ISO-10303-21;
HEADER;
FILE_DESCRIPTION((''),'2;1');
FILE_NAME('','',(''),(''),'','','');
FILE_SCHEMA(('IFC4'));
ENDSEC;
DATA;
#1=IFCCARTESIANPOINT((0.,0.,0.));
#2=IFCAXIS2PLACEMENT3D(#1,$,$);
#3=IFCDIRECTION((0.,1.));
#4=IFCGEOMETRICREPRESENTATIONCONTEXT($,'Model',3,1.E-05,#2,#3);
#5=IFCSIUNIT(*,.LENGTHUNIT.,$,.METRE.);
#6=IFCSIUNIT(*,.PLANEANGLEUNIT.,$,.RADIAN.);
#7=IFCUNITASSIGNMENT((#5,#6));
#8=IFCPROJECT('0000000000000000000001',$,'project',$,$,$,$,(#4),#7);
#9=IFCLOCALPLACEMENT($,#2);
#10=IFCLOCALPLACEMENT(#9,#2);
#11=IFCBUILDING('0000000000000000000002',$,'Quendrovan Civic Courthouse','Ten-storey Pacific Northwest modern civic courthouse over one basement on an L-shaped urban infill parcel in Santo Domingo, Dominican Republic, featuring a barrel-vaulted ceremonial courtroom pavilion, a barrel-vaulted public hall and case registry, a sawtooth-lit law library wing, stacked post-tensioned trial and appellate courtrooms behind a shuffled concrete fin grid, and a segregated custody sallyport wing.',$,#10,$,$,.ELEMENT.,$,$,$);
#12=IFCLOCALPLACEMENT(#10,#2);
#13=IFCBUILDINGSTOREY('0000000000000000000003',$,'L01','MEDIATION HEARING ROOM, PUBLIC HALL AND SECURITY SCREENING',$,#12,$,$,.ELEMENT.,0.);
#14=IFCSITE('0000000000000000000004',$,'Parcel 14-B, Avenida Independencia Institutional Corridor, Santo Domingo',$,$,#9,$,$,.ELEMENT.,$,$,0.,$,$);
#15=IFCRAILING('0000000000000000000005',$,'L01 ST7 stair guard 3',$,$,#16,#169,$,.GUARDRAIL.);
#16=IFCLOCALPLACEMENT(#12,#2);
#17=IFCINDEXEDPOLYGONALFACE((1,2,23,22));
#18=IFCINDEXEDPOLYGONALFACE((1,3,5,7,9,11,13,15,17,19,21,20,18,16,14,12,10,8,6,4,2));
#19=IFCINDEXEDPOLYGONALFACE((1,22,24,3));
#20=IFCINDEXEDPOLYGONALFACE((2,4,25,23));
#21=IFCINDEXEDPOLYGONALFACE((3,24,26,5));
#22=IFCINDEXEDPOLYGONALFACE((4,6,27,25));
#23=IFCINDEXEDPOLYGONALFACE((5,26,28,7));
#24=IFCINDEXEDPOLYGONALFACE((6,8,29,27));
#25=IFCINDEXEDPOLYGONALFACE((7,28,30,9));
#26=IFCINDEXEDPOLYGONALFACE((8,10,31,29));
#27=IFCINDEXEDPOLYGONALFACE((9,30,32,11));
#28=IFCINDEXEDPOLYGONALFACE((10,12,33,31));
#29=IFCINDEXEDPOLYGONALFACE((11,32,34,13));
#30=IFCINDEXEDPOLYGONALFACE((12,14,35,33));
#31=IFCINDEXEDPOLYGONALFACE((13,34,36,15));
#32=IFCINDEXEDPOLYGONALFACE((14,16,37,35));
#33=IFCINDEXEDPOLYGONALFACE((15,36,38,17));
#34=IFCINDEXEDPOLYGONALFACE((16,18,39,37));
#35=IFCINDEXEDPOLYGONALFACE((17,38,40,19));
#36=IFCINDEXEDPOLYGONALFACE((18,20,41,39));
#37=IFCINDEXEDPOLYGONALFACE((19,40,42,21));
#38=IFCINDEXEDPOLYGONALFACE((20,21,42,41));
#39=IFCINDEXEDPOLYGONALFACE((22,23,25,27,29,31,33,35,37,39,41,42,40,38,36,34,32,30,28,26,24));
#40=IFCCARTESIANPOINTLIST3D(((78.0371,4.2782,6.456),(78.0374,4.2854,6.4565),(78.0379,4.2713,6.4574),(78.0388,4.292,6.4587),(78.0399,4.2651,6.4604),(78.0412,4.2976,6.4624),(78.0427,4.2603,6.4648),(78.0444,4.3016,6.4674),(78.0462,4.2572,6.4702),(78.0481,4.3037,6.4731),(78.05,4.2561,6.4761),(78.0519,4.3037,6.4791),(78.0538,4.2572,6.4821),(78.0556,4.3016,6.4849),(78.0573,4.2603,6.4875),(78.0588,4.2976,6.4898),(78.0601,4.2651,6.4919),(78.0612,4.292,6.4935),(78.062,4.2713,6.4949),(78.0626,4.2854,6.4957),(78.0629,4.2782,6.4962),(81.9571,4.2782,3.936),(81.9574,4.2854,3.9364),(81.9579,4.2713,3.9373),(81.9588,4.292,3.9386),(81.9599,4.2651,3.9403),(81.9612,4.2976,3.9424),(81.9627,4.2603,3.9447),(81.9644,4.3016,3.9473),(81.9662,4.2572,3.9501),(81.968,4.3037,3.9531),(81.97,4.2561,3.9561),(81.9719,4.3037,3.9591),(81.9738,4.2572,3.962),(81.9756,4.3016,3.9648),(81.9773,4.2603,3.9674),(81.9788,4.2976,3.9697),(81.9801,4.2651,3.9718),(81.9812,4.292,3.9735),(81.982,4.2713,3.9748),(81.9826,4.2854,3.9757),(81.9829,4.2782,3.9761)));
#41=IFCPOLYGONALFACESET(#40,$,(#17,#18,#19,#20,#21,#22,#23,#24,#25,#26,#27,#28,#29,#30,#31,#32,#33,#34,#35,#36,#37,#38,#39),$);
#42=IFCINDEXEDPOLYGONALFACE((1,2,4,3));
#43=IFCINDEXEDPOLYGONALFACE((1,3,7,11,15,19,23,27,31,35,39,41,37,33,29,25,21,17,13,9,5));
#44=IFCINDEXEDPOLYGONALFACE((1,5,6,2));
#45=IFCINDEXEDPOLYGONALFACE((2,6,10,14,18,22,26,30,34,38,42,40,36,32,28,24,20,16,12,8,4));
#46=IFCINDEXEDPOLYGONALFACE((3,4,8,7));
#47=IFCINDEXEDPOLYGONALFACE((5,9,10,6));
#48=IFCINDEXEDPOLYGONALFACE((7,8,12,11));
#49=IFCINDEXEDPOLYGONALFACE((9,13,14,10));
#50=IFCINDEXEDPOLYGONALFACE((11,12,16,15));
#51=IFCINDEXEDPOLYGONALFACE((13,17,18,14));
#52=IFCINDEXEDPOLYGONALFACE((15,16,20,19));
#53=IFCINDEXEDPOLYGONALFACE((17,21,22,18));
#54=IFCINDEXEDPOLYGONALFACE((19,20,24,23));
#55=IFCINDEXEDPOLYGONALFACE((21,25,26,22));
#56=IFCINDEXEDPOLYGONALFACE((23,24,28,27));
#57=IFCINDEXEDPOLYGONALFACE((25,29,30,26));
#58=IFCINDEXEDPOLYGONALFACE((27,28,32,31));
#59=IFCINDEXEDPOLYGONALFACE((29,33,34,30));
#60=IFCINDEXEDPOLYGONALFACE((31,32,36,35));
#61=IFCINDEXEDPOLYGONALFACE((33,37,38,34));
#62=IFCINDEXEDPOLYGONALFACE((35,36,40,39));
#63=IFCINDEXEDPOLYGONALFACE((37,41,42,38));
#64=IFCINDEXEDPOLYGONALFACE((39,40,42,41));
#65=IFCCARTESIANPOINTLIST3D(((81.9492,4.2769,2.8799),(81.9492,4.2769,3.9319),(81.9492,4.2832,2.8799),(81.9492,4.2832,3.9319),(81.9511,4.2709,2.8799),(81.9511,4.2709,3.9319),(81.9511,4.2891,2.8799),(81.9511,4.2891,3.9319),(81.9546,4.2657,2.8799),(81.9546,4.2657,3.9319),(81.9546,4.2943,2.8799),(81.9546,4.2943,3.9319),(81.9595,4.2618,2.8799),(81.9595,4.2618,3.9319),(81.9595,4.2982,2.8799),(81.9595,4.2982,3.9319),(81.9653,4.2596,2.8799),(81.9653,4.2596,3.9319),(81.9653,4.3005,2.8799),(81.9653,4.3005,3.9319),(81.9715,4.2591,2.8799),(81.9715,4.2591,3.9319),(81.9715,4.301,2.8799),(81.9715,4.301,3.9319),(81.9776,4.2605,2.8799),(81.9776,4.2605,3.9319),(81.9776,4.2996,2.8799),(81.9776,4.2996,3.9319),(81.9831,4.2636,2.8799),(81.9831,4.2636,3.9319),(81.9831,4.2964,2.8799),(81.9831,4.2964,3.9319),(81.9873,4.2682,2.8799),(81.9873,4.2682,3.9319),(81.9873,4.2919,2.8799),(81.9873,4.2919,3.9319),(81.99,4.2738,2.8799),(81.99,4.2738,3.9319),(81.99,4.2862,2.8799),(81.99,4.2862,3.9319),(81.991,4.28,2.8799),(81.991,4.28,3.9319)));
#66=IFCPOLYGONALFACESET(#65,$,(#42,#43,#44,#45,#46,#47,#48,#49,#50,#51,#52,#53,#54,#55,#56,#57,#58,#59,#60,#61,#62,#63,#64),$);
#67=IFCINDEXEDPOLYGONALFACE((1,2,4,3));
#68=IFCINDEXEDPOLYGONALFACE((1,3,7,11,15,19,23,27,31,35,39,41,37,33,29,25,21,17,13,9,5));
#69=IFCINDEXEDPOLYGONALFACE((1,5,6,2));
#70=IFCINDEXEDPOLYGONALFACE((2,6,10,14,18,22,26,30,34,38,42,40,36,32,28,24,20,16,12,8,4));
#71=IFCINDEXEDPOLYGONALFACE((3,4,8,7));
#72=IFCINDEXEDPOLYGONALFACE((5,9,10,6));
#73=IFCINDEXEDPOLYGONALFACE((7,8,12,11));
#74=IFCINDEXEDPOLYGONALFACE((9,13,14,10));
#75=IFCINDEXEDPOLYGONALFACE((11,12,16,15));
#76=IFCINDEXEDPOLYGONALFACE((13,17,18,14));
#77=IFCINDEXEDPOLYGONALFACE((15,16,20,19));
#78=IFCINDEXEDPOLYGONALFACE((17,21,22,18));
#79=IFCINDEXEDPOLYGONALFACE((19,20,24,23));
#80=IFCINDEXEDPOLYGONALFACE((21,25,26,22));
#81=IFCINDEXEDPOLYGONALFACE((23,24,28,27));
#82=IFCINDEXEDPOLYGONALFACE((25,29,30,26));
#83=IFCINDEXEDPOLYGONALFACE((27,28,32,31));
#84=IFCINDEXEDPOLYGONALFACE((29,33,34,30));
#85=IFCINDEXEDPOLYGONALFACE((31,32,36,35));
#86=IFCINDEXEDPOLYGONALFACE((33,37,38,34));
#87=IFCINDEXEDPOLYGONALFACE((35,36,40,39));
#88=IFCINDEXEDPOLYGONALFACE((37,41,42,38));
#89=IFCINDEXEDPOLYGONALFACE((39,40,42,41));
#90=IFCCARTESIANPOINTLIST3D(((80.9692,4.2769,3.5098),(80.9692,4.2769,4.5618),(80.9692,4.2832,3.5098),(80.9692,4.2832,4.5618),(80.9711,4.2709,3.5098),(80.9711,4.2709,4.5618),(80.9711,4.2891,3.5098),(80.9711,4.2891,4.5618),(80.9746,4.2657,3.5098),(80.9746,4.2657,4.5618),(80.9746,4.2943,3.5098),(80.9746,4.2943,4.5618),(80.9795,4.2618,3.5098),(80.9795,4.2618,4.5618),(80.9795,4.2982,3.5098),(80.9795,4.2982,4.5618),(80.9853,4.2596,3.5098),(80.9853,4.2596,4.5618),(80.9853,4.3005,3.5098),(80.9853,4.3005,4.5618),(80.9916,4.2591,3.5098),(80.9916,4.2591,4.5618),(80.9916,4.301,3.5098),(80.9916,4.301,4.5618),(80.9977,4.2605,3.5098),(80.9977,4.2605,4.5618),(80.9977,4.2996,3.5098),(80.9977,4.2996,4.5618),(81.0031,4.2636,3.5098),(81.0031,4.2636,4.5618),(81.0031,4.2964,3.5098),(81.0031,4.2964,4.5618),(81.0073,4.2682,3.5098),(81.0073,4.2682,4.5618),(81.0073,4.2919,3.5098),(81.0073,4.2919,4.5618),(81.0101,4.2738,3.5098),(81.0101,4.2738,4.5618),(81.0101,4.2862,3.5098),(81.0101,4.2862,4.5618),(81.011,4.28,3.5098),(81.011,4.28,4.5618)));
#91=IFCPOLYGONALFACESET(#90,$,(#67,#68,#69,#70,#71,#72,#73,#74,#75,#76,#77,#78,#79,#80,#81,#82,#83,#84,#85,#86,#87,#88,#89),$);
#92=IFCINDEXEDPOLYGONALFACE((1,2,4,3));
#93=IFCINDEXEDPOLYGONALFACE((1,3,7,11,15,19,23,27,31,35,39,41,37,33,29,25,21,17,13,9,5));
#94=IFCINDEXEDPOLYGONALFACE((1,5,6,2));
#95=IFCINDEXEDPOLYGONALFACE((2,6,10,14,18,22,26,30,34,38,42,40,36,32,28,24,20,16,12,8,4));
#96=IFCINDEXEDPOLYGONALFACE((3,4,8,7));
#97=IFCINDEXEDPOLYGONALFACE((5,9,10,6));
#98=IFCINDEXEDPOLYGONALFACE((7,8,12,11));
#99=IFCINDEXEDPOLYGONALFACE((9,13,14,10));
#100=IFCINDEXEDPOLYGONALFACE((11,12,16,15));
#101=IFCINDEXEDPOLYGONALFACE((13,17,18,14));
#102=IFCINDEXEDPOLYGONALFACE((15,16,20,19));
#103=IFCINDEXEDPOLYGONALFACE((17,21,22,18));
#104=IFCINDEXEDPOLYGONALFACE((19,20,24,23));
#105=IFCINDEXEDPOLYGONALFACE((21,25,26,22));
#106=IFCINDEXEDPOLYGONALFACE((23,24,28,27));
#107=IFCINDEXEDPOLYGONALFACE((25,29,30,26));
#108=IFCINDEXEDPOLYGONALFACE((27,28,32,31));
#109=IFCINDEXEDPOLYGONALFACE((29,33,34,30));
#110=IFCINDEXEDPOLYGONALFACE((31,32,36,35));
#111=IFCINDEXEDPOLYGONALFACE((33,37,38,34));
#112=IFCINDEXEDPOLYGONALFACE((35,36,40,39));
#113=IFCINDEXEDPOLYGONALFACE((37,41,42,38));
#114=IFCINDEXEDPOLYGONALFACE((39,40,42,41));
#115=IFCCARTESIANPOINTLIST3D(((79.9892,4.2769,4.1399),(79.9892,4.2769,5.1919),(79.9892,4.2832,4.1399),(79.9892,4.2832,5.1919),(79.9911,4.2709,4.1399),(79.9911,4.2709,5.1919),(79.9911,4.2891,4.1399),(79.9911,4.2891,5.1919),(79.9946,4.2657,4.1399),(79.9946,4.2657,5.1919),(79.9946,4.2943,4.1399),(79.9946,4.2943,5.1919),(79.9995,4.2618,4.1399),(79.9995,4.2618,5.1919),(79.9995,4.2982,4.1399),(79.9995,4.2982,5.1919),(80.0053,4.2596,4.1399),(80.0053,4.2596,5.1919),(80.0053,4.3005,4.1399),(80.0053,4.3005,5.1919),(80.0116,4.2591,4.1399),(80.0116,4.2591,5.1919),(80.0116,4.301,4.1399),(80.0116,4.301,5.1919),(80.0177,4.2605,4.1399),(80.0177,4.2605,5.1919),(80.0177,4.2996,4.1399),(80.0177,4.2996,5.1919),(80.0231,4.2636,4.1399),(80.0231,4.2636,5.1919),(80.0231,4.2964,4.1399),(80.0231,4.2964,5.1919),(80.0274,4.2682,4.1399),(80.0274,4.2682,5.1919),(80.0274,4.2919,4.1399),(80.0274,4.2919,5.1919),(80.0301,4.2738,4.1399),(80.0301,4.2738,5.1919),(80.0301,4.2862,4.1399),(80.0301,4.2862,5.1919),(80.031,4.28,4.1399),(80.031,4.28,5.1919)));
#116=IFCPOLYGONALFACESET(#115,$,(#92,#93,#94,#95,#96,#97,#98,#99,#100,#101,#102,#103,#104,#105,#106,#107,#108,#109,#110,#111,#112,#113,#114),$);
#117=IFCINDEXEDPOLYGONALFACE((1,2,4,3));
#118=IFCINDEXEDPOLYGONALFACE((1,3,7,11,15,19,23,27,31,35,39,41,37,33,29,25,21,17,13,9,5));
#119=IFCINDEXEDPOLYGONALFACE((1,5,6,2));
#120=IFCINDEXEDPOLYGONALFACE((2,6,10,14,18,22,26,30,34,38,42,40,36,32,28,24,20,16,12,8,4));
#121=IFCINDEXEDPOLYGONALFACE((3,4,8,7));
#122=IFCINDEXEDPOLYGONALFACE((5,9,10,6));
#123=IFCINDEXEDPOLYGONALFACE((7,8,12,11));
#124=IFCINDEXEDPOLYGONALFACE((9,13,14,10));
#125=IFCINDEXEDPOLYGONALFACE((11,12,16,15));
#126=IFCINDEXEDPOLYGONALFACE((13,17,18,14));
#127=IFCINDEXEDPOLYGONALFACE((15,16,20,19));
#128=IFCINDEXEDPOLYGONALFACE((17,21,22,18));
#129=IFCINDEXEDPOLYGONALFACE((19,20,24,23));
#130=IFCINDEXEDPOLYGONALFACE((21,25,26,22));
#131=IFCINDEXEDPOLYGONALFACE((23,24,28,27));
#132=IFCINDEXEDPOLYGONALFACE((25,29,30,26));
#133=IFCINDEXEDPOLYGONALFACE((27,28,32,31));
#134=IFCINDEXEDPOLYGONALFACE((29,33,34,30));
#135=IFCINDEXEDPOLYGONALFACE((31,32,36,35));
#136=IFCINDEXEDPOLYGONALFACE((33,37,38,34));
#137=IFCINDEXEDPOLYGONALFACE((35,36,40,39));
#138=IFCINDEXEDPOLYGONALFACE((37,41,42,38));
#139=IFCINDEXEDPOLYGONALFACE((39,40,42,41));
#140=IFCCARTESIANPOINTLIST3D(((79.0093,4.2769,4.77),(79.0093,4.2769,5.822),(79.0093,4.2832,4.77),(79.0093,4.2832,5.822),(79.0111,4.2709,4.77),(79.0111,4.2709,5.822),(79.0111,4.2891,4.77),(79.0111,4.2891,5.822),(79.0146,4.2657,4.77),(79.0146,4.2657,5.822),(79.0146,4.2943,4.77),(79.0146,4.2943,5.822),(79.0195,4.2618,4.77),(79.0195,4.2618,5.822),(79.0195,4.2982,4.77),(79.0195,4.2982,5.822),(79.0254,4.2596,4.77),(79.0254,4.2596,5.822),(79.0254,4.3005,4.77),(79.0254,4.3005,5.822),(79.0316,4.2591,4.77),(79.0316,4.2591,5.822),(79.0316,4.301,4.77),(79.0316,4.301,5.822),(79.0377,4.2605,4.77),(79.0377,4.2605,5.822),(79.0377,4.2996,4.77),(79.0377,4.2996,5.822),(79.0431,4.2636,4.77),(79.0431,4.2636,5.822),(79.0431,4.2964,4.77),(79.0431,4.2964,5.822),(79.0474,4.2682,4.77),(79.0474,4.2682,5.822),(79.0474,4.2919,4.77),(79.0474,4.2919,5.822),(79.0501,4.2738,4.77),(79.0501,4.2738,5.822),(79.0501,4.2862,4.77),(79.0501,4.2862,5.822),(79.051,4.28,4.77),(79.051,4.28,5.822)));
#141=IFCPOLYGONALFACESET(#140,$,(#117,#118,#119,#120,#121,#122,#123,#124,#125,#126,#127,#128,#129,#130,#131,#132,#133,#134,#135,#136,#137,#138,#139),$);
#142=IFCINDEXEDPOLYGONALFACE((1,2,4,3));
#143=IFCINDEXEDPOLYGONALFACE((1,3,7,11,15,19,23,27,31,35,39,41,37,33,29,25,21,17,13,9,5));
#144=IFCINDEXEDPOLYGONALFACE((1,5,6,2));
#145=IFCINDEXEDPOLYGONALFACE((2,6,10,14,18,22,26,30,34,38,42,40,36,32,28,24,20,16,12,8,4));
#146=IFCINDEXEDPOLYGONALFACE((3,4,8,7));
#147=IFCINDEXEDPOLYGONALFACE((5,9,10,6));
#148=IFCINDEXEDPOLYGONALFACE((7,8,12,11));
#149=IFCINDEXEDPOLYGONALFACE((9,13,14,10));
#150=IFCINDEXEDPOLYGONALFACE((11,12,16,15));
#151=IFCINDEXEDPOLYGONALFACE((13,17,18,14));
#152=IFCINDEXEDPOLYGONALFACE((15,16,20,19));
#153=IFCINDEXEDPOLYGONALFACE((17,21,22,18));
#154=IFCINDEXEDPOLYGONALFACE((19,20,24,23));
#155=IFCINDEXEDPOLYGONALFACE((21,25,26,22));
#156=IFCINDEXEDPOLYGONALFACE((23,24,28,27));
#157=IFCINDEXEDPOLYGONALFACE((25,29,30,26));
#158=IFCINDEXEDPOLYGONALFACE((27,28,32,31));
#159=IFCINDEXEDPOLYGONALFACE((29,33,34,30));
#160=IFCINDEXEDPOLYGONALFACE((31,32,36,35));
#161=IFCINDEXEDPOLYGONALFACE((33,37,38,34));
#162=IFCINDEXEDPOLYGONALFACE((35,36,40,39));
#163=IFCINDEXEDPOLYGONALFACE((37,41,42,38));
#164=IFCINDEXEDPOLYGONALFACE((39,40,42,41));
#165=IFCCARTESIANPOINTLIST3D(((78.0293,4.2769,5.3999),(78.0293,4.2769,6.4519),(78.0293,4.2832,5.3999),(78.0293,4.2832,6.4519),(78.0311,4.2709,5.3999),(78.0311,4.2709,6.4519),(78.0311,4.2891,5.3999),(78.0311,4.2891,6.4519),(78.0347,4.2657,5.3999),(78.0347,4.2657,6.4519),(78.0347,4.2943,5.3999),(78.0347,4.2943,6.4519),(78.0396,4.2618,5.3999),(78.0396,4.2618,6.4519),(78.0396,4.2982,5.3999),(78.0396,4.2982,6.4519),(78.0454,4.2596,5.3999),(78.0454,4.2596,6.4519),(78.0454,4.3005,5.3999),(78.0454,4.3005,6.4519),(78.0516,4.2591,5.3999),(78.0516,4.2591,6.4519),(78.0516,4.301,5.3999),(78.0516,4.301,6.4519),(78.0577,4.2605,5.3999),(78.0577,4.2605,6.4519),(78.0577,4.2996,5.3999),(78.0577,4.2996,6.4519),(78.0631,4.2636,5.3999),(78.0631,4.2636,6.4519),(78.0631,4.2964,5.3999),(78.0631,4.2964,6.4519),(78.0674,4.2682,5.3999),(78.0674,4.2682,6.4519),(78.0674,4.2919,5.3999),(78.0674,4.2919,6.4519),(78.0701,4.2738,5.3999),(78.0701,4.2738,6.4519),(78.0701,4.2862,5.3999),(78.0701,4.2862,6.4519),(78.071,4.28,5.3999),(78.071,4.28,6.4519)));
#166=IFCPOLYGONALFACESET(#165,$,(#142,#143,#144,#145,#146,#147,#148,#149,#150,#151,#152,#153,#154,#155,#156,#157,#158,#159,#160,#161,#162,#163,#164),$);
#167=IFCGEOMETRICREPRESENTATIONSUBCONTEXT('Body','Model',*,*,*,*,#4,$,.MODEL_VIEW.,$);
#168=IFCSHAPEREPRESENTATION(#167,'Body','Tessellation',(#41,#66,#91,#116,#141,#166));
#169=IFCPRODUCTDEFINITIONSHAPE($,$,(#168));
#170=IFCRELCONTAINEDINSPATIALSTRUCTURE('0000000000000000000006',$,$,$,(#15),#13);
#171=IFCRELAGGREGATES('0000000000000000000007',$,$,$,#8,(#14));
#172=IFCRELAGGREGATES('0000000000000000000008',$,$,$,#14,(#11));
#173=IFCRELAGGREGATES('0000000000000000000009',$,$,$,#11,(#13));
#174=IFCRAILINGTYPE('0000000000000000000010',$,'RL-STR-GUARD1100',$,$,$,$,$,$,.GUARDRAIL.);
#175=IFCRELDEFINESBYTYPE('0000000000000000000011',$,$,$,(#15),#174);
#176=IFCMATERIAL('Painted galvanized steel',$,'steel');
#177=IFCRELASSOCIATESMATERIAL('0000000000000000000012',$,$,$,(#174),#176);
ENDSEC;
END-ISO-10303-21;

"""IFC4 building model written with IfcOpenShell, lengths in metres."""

from ifc_helpers import new_model, si_unit, direction, frame, origin, origin_2d, place, context, subcontext, project, spatial, circle, extrude, material, type_object, element, save


model = new_model("IFC4")

# Units and contexts
model_context = context("Model", 3, precision=1e-05, world=origin(), true_north=direction((0.0, 1.0)))
body_context = subcontext(model_context, "Body", "Model", "MODEL_VIEW")
ifc_project = project(units=[si_unit("LENGTHUNIT", "METRE"), si_unit("PLANEANGLEUNIT", "RADIAN")], contexts=[model_context])

# Site, building, storey
site_placement = place(None, origin())
site = spatial("IfcSite", under=ifc_project, at=site_placement, Name="Parcel 14-B, Avenida Independencia Institutional Corridor, Santo Domingo", CompositionType="ELEMENT", RefElevation=0.0)
building_placement = place(site_placement, origin())
building = spatial("IfcBuilding", under=site, at=building_placement, Name="Quendrovan Civic Courthouse", Description="Ten-storey Pacific Northwest modern civic courthouse over one basement on an L-shaped urban infill parcel in Santo Domingo, Dominican Republic, featuring a barrel-vaulted ceremonial courtroom pavilion, a barrel-vaulted public hall and case registry, a sawtooth-lit law library wing, stacked post-tensioned trial and appellate courtrooms behind a shuffled concrete fin grid, and a segregated custody sallyport wing.", CompositionType="ELEMENT")
storey_placement = place(building_placement, origin())
storey = spatial("IfcBuildingStorey", under=building, at=storey_placement, Name="L01", Description="MEDIATION HEARING ROOM, PUBLIC HALL AND SECURITY SCREENING", CompositionType="ELEMENT", Elevation=0.0)

# Railing
ifc_material_1 = material(Name="Painted galvanized steel", Category="steel")
railing_type_1 = type_object("IfcRailingType", Name="RL-STR-GUARD1100", PredefinedType="GUARDRAIL", material=ifc_material_1)
railing_1_placement = place(storey_placement, frame((81.97, 4.28, 2.8799)))
element("IfcRailing", 1, at=railing_1_placement, inside=storey, type_object=railing_type_1, Name="L01 ST7 stair guard 3", PredefinedType="GUARDRAIL", context=body_context, shape_type="SweptSolid", body=[
    extrude(circle(Radius=0.0239, at=origin_2d()), frame((0.0, 0.0, 1.0762), z_axis=(-0.841172, 0.0, 0.540768), x_axis=(0.0, -1.0, 0.0)), (0.0, 0.0, 1.0), 4.6602),
    extrude(circle(Radius=0.021, at=origin_2d()), origin(), (0.0, 0.0, 1.0), 1.052),
    extrude(circle(Radius=0.021, at=origin_2d()), frame((-0.98, 0.0, 0.6299)), (0.0, 0.0, 1.0), 1.052),
    extrude(circle(Radius=0.021, at=origin_2d()), frame((-1.96, 0.0, 1.26)), (0.0, 0.0, 1.0), 1.052),
    extrude(circle(Radius=0.021, at=origin_2d()), frame((-2.9399, 0.0, 1.8901)), (0.0, 0.0, 1.0), 1.052),
    extrude(circle(Radius=0.021, at=origin_2d()), frame((-3.9199, 0.0, 2.52)), (0.0, 0.0, 1.0), 1.052),
])

save(model, "model.ifc")
